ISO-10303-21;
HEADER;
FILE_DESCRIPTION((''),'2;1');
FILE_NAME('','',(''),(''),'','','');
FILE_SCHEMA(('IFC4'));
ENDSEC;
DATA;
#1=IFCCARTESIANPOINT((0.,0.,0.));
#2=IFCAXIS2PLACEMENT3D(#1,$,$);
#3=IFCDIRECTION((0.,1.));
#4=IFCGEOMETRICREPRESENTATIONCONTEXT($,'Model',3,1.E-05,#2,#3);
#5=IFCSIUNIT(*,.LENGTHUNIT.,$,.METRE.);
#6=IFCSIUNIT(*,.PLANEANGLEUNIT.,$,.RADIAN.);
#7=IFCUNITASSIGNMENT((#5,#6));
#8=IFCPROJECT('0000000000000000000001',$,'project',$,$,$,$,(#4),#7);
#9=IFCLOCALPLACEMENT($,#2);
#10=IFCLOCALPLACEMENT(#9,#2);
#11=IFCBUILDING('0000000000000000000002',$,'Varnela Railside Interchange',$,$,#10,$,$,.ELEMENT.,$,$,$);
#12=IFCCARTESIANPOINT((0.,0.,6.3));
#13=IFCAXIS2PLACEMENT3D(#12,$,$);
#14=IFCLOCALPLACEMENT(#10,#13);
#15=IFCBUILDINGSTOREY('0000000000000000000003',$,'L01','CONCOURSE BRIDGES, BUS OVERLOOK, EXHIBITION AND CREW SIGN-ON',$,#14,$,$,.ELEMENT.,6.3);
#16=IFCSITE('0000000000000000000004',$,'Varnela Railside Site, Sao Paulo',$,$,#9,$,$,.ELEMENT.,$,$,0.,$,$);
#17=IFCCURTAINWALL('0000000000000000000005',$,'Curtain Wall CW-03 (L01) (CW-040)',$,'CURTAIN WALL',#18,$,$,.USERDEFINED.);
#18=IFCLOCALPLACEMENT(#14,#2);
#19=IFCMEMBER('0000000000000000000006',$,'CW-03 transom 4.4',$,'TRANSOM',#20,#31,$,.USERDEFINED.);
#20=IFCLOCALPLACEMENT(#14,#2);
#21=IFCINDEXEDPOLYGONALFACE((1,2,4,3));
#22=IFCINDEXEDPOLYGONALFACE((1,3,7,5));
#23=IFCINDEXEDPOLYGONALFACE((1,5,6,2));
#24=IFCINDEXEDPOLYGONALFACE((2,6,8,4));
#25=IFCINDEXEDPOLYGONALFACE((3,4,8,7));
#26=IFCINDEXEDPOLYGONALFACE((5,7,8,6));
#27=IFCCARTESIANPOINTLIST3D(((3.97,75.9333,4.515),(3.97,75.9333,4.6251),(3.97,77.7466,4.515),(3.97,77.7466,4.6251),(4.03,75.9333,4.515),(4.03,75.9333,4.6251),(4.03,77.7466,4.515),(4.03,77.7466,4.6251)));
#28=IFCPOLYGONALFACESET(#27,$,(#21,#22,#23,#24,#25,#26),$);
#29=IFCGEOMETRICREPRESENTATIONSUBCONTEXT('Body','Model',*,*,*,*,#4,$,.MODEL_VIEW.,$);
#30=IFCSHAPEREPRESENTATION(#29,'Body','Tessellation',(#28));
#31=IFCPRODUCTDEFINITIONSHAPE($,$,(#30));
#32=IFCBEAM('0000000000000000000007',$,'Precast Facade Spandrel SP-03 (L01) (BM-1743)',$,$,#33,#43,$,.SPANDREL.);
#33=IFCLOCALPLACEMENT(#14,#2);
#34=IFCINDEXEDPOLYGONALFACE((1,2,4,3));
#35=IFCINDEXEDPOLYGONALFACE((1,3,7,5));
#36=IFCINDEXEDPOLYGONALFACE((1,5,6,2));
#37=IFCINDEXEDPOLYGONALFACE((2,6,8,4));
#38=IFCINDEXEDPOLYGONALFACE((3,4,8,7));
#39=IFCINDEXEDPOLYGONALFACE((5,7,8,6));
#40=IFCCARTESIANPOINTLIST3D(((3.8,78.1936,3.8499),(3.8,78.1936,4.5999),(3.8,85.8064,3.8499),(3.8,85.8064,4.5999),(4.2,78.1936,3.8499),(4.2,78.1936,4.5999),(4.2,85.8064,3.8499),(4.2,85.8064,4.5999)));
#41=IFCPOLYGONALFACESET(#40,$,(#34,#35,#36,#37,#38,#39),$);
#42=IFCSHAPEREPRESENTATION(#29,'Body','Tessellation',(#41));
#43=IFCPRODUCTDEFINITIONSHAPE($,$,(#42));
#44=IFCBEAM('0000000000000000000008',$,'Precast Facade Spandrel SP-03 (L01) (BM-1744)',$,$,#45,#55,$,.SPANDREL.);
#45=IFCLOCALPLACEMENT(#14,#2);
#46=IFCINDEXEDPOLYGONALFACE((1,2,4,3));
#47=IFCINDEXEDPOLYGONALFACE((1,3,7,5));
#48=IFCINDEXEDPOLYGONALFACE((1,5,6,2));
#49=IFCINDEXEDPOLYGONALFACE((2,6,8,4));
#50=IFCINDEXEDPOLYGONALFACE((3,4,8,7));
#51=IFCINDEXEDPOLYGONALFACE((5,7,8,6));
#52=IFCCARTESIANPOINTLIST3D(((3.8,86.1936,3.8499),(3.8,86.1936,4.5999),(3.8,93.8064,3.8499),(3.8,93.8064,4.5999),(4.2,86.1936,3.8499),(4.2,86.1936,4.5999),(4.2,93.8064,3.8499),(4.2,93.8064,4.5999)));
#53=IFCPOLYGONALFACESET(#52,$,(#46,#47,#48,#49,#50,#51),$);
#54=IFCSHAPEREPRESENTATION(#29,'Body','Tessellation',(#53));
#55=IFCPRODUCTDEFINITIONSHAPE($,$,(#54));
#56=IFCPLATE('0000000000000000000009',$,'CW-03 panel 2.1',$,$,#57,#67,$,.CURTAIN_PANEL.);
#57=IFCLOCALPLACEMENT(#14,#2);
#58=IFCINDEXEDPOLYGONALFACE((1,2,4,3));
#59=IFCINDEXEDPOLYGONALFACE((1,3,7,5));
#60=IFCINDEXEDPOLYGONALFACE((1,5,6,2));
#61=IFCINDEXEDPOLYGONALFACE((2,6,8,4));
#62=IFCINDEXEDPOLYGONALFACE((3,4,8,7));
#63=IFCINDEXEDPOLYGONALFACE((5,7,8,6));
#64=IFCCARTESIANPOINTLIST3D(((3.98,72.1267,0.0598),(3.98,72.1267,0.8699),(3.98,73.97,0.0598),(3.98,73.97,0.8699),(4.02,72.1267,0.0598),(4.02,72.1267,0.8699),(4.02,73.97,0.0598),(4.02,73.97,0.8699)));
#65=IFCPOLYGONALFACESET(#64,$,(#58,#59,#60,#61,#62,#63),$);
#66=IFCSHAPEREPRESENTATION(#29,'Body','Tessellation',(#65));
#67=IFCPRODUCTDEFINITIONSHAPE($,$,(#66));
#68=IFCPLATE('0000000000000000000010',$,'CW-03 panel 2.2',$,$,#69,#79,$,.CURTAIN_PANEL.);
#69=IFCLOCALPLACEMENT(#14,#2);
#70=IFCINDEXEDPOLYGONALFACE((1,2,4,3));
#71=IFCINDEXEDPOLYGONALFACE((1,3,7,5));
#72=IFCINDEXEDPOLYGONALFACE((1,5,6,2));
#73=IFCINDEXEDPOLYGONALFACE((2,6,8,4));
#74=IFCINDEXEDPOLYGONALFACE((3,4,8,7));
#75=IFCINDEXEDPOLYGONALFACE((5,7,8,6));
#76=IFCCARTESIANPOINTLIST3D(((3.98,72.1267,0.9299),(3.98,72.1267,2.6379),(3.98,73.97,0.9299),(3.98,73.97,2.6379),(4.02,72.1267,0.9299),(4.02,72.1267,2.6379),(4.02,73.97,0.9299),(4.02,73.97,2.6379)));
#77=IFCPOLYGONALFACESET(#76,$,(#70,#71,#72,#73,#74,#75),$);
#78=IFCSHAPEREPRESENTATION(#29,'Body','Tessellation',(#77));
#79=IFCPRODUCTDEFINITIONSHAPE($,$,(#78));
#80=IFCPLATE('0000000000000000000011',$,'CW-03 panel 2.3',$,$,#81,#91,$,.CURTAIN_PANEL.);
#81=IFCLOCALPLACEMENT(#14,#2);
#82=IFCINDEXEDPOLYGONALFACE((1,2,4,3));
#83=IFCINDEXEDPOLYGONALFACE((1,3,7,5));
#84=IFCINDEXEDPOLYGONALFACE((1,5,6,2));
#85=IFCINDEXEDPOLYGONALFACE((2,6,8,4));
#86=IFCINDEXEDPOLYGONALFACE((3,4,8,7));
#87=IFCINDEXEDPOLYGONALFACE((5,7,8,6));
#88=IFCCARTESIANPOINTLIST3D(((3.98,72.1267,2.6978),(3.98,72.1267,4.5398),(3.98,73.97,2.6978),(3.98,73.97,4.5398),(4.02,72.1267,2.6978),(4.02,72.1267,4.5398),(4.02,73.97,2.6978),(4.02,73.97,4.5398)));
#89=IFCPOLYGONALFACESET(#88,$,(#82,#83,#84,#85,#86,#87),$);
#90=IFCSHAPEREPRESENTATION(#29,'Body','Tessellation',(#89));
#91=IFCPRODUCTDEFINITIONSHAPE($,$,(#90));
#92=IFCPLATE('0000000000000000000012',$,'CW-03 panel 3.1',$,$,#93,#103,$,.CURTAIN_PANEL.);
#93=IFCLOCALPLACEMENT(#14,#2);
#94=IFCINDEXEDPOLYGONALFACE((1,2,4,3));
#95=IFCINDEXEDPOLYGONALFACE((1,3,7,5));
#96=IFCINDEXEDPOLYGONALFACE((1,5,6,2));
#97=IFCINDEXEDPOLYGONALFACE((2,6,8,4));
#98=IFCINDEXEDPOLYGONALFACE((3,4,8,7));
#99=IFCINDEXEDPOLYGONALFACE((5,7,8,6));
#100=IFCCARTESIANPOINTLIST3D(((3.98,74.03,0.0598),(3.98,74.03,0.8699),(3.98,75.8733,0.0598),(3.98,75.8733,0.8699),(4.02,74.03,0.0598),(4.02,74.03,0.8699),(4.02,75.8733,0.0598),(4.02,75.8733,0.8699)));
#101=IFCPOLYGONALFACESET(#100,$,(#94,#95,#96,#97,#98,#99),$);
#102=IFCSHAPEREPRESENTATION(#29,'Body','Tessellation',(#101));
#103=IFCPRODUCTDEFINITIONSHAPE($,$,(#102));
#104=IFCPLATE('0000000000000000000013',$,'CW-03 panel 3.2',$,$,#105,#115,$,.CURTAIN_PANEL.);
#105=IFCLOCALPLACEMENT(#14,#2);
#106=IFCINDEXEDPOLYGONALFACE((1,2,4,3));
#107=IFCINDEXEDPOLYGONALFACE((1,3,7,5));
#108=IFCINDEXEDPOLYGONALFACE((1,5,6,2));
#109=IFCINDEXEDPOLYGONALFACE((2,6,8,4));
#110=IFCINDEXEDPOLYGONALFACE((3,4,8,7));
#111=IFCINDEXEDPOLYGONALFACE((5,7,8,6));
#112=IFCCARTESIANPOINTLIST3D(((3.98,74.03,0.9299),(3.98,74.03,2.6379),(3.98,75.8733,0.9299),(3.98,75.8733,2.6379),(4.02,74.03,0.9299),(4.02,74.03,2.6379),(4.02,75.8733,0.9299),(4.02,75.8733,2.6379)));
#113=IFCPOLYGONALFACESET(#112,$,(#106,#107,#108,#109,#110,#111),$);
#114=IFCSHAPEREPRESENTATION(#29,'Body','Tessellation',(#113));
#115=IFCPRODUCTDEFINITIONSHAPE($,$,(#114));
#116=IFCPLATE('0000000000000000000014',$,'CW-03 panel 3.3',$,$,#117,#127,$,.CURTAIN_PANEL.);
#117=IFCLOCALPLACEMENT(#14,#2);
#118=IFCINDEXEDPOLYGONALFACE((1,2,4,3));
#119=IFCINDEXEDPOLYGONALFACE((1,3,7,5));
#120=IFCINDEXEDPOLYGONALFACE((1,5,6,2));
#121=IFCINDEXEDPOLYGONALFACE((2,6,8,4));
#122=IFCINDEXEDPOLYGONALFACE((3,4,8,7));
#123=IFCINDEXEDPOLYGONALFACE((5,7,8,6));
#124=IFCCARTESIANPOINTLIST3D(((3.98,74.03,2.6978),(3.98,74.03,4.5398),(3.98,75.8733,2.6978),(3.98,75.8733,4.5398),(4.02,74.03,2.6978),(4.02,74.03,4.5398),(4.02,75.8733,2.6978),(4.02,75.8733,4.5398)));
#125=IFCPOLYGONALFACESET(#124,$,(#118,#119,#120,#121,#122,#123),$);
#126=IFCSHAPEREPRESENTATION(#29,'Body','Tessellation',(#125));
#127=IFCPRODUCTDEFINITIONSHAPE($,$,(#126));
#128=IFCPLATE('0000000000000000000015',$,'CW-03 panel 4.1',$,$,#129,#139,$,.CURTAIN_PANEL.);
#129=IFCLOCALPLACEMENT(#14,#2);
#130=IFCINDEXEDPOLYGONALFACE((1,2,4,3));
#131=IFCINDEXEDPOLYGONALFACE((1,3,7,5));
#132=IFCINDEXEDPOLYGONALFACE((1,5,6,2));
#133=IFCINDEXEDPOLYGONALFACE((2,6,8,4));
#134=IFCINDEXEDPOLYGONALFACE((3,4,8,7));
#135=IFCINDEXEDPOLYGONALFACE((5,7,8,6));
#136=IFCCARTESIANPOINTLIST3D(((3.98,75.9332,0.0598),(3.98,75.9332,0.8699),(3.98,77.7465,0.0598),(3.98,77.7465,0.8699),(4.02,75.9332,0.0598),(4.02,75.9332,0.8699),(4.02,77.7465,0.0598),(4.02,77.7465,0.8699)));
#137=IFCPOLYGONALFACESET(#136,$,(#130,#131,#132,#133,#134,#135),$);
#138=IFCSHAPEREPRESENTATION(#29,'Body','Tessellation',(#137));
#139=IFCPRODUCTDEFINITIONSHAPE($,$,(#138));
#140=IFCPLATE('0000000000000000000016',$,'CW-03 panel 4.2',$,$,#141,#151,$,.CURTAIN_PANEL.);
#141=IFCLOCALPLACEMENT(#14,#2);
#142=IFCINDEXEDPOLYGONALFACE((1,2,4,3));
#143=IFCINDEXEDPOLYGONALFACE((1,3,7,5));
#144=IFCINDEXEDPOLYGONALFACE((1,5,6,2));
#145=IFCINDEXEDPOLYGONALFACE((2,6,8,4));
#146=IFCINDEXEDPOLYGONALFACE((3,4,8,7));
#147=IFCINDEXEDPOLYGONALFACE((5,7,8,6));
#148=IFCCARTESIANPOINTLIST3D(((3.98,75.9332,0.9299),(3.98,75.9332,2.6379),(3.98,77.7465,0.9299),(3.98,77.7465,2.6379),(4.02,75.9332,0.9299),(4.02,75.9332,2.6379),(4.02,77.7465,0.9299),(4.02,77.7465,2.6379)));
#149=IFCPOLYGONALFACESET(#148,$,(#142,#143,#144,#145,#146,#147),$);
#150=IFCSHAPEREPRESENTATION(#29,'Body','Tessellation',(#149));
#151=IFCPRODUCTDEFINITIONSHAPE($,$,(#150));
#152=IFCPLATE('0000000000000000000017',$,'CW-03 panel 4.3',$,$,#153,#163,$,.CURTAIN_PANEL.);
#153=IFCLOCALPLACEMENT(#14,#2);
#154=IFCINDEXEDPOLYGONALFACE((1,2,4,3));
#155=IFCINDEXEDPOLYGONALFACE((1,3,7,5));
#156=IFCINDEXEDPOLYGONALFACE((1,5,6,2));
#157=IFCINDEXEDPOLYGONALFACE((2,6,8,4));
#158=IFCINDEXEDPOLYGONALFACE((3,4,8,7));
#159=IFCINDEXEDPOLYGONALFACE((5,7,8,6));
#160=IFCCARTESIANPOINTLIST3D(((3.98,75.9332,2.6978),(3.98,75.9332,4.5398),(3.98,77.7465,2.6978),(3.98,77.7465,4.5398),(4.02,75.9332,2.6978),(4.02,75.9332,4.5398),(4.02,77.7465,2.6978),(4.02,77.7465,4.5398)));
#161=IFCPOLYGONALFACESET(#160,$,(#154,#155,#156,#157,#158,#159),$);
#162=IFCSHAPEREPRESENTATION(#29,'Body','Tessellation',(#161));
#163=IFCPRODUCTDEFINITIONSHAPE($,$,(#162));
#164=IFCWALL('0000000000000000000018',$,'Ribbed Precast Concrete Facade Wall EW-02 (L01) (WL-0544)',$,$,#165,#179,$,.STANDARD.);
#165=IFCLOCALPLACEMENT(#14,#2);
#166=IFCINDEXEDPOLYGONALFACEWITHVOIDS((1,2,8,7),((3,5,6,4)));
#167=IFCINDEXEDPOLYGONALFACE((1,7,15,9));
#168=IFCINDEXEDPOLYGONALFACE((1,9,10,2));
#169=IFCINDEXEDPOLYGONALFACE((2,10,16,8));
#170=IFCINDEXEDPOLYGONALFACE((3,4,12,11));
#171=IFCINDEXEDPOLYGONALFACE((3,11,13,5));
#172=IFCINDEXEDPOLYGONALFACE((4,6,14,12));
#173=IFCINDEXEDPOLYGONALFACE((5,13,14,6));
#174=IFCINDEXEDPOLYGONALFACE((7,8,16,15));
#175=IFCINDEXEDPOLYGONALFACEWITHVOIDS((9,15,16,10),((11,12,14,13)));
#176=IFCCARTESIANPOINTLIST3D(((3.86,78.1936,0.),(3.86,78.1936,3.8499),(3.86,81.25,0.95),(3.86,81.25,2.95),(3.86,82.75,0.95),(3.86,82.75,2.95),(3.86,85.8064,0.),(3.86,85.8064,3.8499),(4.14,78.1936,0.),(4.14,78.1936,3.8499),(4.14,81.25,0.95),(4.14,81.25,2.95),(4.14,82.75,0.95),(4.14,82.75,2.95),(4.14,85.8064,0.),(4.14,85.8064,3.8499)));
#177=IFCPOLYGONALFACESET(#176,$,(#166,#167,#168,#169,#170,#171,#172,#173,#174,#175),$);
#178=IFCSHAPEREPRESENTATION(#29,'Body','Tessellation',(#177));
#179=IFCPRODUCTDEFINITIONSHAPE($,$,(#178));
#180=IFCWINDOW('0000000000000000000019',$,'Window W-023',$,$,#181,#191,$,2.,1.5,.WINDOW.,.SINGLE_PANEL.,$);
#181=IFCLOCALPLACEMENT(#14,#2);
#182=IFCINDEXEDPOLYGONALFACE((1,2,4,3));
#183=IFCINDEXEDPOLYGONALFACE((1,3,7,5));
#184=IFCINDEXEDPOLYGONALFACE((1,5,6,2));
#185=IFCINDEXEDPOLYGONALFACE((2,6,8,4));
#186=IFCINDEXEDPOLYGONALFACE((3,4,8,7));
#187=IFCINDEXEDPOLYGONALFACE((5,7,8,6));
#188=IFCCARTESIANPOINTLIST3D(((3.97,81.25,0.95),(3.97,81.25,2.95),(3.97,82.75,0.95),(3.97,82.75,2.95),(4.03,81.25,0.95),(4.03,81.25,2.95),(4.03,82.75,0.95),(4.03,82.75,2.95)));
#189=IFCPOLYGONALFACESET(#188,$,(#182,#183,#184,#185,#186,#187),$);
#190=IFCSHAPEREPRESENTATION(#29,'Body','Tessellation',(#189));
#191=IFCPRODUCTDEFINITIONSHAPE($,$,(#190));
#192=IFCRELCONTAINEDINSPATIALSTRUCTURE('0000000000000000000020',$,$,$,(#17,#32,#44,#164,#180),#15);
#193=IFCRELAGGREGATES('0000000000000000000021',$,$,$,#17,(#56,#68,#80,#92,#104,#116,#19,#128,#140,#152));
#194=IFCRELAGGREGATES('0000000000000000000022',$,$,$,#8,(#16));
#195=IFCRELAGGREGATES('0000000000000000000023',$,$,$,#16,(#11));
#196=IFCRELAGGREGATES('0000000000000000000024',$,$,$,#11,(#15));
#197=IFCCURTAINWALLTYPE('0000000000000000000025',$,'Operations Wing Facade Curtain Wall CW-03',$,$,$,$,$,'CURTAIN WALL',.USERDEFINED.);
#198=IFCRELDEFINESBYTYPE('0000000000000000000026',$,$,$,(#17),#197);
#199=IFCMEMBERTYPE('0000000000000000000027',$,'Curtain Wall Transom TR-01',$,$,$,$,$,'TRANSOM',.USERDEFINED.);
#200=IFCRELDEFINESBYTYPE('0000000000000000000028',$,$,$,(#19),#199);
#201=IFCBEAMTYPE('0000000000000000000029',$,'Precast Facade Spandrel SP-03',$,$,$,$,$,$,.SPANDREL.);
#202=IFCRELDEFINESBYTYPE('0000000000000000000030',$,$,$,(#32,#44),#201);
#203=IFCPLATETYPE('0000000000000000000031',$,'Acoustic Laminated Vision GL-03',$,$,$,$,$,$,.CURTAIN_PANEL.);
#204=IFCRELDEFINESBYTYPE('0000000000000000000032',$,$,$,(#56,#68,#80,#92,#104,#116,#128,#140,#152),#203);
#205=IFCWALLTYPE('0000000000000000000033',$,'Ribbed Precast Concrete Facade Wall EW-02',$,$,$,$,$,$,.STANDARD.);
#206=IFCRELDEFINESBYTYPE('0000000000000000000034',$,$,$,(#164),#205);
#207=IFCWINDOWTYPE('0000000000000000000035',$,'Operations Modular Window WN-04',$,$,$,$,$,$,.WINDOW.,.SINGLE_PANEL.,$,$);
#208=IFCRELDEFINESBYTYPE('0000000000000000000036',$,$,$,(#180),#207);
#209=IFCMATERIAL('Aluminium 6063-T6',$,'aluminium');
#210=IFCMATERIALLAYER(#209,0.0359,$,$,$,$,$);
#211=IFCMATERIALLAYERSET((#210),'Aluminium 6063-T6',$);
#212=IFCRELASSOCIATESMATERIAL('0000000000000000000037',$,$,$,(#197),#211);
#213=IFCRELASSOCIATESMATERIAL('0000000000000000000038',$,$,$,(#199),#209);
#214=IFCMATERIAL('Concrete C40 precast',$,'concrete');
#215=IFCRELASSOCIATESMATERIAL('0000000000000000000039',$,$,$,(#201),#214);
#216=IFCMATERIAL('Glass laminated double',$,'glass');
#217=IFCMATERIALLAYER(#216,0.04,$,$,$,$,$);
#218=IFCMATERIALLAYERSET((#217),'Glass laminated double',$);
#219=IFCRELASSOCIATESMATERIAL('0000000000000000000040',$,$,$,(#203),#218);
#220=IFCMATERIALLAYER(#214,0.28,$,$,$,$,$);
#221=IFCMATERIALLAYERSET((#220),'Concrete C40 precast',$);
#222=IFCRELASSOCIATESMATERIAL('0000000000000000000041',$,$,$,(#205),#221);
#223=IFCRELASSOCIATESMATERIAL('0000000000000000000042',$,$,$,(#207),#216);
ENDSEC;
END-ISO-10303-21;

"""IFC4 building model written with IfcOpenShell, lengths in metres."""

from ifc_helpers import new_model, si_unit, direction, frame, frame_2d, origin, origin_2d, place, context, subcontext, project, spatial, rectangle, extrude, material, layer, layer_set, material_profile, profile_set, type_object, element, fill, aggregate, save


model = new_model("IFC4")

# Units and contexts
model_context = context("Model", 3, precision=1e-05, world=origin(), true_north=direction((0.0, 1.0)))
body_context = subcontext(model_context, "Body", "Model", "MODEL_VIEW")
ifc_project = project(units=[si_unit("LENGTHUNIT", "METRE"), si_unit("PLANEANGLEUNIT", "RADIAN")], contexts=[model_context])

# Site, building, storey
site_placement = place(None, origin())
site = spatial("IfcSite", under=ifc_project, at=site_placement, Name="Varnela Railside Site, Sao Paulo", CompositionType="ELEMENT", RefElevation=0.0)
building_placement = place(site_placement, origin())
building = spatial("IfcBuilding", under=site, at=building_placement, Name="Varnela Railside Interchange", CompositionType="ELEMENT")
storey_placement = place(building_placement, frame((0.0, 0.0, 6.3)))
storey = spatial("IfcBuildingStorey", under=building, at=storey_placement, Name="L01", Description="CONCOURSE BRIDGES, BUS OVERLOOK, EXHIBITION AND CREW SIGN-ON", CompositionType="ELEMENT", Elevation=6.3)

# Curtain wall, member
ifc_material_1 = material(Name="Aluminium 6063-T6", Category="aluminium")
ifc_layer_1 = layer(ifc_material_1, 0.0359)
ifc_layer_set_1 = layer_set([ifc_layer_1], Name="Aluminium 6063-T6")
curtain_wall_type = type_object("IfcCurtainWallType", Name="Operations Wing Facade Curtain Wall CW-03", ElementType="CURTAIN WALL", PredefinedType="USERDEFINED", material=ifc_layer_set_1)
curtain_wall_placement = place(storey_placement, origin())
curtain_wall = element("IfcCurtainWall", 1, at=curtain_wall_placement, inside=storey, type_object=curtain_wall_type, Name="Curtain Wall CW-03 (L01) (CW-040)", ObjectType="CURTAIN WALL", PredefinedType="USERDEFINED")
ifc_material_profile_1 = material_profile(ifc_material_1, rectangle(XDim=0.0601, YDim=0.1101, at=origin_2d()), Name="ALU 60x110")
ifc_profile_set_1 = profile_set([ifc_material_profile_1], Name="Aluminium 6063-T6")
member_type_1 = type_object("IfcMemberType", Name="Curtain Wall Transom TR-01", ElementType="TRANSOM", PredefinedType="USERDEFINED", material=ifc_profile_set_1)
member_1_placement = place(storey_placement, frame((4.0, 75.9333, 4.5701), z_axis=(0.0, 1.0, 0.0), x_axis=(-1.0, 0.0, 0.0)))
member_1 = element("IfcMember", 2, at=member_1_placement, type_object=member_type_1, Name="CW-03 transom 4.4", ObjectType="TRANSOM", PredefinedType="USERDEFINED", context=body_context, shape_type="SweptSolid", body=[
    extrude(rectangle(XDim=0.0601, YDim=0.1101, at=origin_2d()), origin(), (0.0, 0.0, 1.0), 1.8132),
])

# Beams
ifc_material_2 = material(Name="Concrete C40 precast", Category="concrete")
ifc_material_profile_2 = material_profile(ifc_material_2, rectangle(XDim=0.3999, YDim=0.75, at=origin_2d()), Name="PC 400x750")
ifc_profile_set_2 = profile_set([ifc_material_profile_2], Name="Concrete C40 precast")
beam_type = type_object("IfcBeamType", Name="Precast Facade Spandrel SP-03", PredefinedType="SPANDREL", material=ifc_profile_set_2)
for number, where, z_axis, x_axis, name in (
    (3, (4.0, 78.1936, 4.2249), (0.0, 1.0, 0.0), (-1.0, 0.0, 0.0), "Precast Facade Spandrel SP-03 (L01) (BM-1743)"),
    (4, (4.0, 86.1936, 4.2249), (0.0, 1.0, 0.0), (-1.0, 0.0, 0.0), "Precast Facade Spandrel SP-03 (L01) (BM-1744)"),
):
    element("IfcBeam", number, at=place(storey_placement, frame(where, z_axis=z_axis, x_axis=x_axis)), inside=storey, type_object=beam_type, Name=name, PredefinedType="SPANDREL", context=body_context, shape_type="SweptSolid", body=[
        extrude(rectangle(XDim=0.3999, YDim=0.75, at=origin_2d()), origin(), (0.0, 0.0, 1.0), 7.6128),
    ])

# Plates
ifc_material_3 = material(Name="Glass laminated double", Category="glass")
ifc_layer_2 = layer(ifc_material_3, 0.04)
ifc_layer_set_2 = layer_set([ifc_layer_2], Name="Glass laminated double")
plate_type = type_object("IfcPlateType", Name="Acoustic Laminated Vision GL-03", PredefinedType="CURTAIN_PANEL", material=ifc_layer_set_2)
plate_1_placement = place(storey_placement, frame((4.0, 73.0483, 0.0598), z_axis=(0.0, 0.0, 1.0), x_axis=(0.0, 1.0, 0.0)))
plate_1 = element("IfcPlate", 5, at=plate_1_placement, type_object=plate_type, Name="CW-03 panel 2.1", PredefinedType="CURTAIN_PANEL", context=body_context, shape_type="SweptSolid", body=[
    extrude(rectangle(XDim=1.8433, YDim=0.04, at=origin_2d()), origin(), (0.0, 0.0, 1.0), 0.8101),
])
plate_2_placement = place(storey_placement, frame((4.0, 73.0483, 0.9299), z_axis=(0.0, 0.0, 1.0), x_axis=(0.0, 1.0, 0.0)))
plate_2 = element("IfcPlate", 6, at=plate_2_placement, type_object=plate_type, Name="CW-03 panel 2.2", PredefinedType="CURTAIN_PANEL", context=body_context, shape_type="SweptSolid", body=[
    extrude(rectangle(XDim=1.8433, YDim=0.04, at=origin_2d()), origin(), (0.0, 0.0, 1.0), 1.708),
])
plate_3_placement = place(storey_placement, frame((4.0, 73.0483, 2.6978), z_axis=(0.0, 0.0, 1.0), x_axis=(0.0, 1.0, 0.0)))
plate_3 = element("IfcPlate", 7, at=plate_3_placement, type_object=plate_type, Name="CW-03 panel 2.3", PredefinedType="CURTAIN_PANEL", context=body_context, shape_type="SweptSolid", body=[
    extrude(rectangle(XDim=1.8433, YDim=0.04, at=origin_2d()), origin(), (0.0, 0.0, 1.0), 1.842),
])
plate_4_placement = place(storey_placement, frame((4.0, 74.9517, 0.0598), z_axis=(0.0, 0.0, 1.0), x_axis=(0.0, 1.0, 0.0)))
plate_4 = element("IfcPlate", 8, at=plate_4_placement, type_object=plate_type, Name="CW-03 panel 3.1", PredefinedType="CURTAIN_PANEL", context=body_context, shape_type="SweptSolid", body=[
    extrude(rectangle(XDim=1.8433, YDim=0.04, at=origin_2d()), origin(), (0.0, 0.0, 1.0), 0.8101),
])
plate_5_placement = place(storey_placement, frame((4.0, 74.9517, 0.9299), z_axis=(0.0, 0.0, 1.0), x_axis=(0.0, 1.0, 0.0)))
plate_5 = element("IfcPlate", 9, at=plate_5_placement, type_object=plate_type, Name="CW-03 panel 3.2", PredefinedType="CURTAIN_PANEL", context=body_context, shape_type="SweptSolid", body=[
    extrude(rectangle(XDim=1.8433, YDim=0.04, at=origin_2d()), origin(), (0.0, 0.0, 1.0), 1.708),
])
plate_6_placement = place(storey_placement, frame((4.0, 74.9517, 2.6978), z_axis=(0.0, 0.0, 1.0), x_axis=(0.0, 1.0, 0.0)))
plate_6 = element("IfcPlate", 10, at=plate_6_placement, type_object=plate_type, Name="CW-03 panel 3.3", PredefinedType="CURTAIN_PANEL", context=body_context, shape_type="SweptSolid", body=[
    extrude(rectangle(XDim=1.8433, YDim=0.04, at=origin_2d()), origin(), (0.0, 0.0, 1.0), 1.842),
])
plate_7_placement = place(storey_placement, frame((4.0, 76.8398, 0.0598), z_axis=(0.0, 0.0, 1.0), x_axis=(0.0, 1.0, 0.0)))
plate_7 = element("IfcPlate", 11, at=plate_7_placement, type_object=plate_type, Name="CW-03 panel 4.1", PredefinedType="CURTAIN_PANEL", context=body_context, shape_type="SweptSolid", body=[
    extrude(rectangle(XDim=1.8132, YDim=0.04, at=origin_2d()), origin(), (0.0, 0.0, 1.0), 0.8101),
])
plate_8_placement = place(storey_placement, frame((4.0, 76.8398, 0.9299), z_axis=(0.0, 0.0, 1.0), x_axis=(0.0, 1.0, 0.0)))
plate_8 = element("IfcPlate", 12, at=plate_8_placement, type_object=plate_type, Name="CW-03 panel 4.2", PredefinedType="CURTAIN_PANEL", context=body_context, shape_type="SweptSolid", body=[
    extrude(rectangle(XDim=1.8132, YDim=0.04, at=origin_2d()), origin(), (0.0, 0.0, 1.0), 1.708),
])
plate_9_placement = place(storey_placement, frame((4.0, 76.8398, 2.6978), z_axis=(0.0, 0.0, 1.0), x_axis=(0.0, 1.0, 0.0)))
plate_9 = element("IfcPlate", 13, at=plate_9_placement, type_object=plate_type, Name="CW-03 panel 4.3", PredefinedType="CURTAIN_PANEL", context=body_context, shape_type="SweptSolid", body=[
    extrude(rectangle(XDim=1.8132, YDim=0.04, at=origin_2d()), origin(), (0.0, 0.0, 1.0), 1.842),
])
aggregate(curtain_wall, [plate_1, plate_2, plate_3, plate_4, plate_5, plate_6, member_1, plate_7, plate_8, plate_9])

# Wall, opening, window
ifc_layer_3 = layer(ifc_material_2, 0.28)
ifc_layer_set_3 = layer_set([ifc_layer_3], Name="Concrete C40 precast")
wall_type = type_object("IfcWallType", Name="Ribbed Precast Concrete Facade Wall EW-02", PredefinedType="STANDARD", material=ifc_layer_set_3)
wall_placement = place(storey_placement, frame((4.0, 78.1936, 0.0), z_axis=(0.0, 0.0, 1.0), x_axis=(0.0, 1.0, 0.0)))
wall = element("IfcWall", 14, at=wall_placement, inside=storey, type_object=wall_type, Name="Ribbed Precast Concrete Facade Wall EW-02 (L01) (WL-0544)", PredefinedType="STANDARD", context=body_context, shape_type="SweptSolid", body=[
    extrude(rectangle(XDim=7.6128, YDim=0.28, at=frame_2d((3.8064, 0.0))), origin(), (0.0, 0.0, 1.0), 3.8499),
])
opening_placement = place(wall_placement, frame((3.0564, 0.0, 0.95)))
opening = element("IfcOpeningElement", 15, at=opening_placement, cuts=wall, PredefinedType="OPENING", context=body_context, shape_type="SweptSolid", body=[
    extrude(rectangle(XDim=1.5, YDim=2.0, at=frame_2d((0.75, 1.0))), frame((0.0, 0.1499, 0.0), z_axis=(0.0, -1.0, 0.0), x_axis=(1.0, 0.0, 0.0)), (0.0, 0.0, 1.0), 0.3),
])
window_type = type_object("IfcWindowType", Name="Operations Modular Window WN-04", PartitioningType="SINGLE_PANEL", PredefinedType="WINDOW", material=ifc_material_3)
window_placement = place(opening_placement, origin())
window = element("IfcWindow", 16, at=window_placement, inside=storey, type_object=window_type, Name="Window W-023", OverallHeight=2.0, OverallWidth=1.5, PartitioningType="SINGLE_PANEL", PredefinedType="WINDOW", context=body_context, shape_type="SweptSolid", body=[
    extrude(rectangle(XDim=1.5, YDim=2.0, at=frame_2d((0.75, 1.0))), frame((0.0, 0.03, 0.0), z_axis=(0.0, -1.0, 0.0), x_axis=(1.0, 0.0, 0.0)), (0.0, 0.0, 1.0), 0.0601),
])
fill(opening, window)

save(model, "model.ifc")
